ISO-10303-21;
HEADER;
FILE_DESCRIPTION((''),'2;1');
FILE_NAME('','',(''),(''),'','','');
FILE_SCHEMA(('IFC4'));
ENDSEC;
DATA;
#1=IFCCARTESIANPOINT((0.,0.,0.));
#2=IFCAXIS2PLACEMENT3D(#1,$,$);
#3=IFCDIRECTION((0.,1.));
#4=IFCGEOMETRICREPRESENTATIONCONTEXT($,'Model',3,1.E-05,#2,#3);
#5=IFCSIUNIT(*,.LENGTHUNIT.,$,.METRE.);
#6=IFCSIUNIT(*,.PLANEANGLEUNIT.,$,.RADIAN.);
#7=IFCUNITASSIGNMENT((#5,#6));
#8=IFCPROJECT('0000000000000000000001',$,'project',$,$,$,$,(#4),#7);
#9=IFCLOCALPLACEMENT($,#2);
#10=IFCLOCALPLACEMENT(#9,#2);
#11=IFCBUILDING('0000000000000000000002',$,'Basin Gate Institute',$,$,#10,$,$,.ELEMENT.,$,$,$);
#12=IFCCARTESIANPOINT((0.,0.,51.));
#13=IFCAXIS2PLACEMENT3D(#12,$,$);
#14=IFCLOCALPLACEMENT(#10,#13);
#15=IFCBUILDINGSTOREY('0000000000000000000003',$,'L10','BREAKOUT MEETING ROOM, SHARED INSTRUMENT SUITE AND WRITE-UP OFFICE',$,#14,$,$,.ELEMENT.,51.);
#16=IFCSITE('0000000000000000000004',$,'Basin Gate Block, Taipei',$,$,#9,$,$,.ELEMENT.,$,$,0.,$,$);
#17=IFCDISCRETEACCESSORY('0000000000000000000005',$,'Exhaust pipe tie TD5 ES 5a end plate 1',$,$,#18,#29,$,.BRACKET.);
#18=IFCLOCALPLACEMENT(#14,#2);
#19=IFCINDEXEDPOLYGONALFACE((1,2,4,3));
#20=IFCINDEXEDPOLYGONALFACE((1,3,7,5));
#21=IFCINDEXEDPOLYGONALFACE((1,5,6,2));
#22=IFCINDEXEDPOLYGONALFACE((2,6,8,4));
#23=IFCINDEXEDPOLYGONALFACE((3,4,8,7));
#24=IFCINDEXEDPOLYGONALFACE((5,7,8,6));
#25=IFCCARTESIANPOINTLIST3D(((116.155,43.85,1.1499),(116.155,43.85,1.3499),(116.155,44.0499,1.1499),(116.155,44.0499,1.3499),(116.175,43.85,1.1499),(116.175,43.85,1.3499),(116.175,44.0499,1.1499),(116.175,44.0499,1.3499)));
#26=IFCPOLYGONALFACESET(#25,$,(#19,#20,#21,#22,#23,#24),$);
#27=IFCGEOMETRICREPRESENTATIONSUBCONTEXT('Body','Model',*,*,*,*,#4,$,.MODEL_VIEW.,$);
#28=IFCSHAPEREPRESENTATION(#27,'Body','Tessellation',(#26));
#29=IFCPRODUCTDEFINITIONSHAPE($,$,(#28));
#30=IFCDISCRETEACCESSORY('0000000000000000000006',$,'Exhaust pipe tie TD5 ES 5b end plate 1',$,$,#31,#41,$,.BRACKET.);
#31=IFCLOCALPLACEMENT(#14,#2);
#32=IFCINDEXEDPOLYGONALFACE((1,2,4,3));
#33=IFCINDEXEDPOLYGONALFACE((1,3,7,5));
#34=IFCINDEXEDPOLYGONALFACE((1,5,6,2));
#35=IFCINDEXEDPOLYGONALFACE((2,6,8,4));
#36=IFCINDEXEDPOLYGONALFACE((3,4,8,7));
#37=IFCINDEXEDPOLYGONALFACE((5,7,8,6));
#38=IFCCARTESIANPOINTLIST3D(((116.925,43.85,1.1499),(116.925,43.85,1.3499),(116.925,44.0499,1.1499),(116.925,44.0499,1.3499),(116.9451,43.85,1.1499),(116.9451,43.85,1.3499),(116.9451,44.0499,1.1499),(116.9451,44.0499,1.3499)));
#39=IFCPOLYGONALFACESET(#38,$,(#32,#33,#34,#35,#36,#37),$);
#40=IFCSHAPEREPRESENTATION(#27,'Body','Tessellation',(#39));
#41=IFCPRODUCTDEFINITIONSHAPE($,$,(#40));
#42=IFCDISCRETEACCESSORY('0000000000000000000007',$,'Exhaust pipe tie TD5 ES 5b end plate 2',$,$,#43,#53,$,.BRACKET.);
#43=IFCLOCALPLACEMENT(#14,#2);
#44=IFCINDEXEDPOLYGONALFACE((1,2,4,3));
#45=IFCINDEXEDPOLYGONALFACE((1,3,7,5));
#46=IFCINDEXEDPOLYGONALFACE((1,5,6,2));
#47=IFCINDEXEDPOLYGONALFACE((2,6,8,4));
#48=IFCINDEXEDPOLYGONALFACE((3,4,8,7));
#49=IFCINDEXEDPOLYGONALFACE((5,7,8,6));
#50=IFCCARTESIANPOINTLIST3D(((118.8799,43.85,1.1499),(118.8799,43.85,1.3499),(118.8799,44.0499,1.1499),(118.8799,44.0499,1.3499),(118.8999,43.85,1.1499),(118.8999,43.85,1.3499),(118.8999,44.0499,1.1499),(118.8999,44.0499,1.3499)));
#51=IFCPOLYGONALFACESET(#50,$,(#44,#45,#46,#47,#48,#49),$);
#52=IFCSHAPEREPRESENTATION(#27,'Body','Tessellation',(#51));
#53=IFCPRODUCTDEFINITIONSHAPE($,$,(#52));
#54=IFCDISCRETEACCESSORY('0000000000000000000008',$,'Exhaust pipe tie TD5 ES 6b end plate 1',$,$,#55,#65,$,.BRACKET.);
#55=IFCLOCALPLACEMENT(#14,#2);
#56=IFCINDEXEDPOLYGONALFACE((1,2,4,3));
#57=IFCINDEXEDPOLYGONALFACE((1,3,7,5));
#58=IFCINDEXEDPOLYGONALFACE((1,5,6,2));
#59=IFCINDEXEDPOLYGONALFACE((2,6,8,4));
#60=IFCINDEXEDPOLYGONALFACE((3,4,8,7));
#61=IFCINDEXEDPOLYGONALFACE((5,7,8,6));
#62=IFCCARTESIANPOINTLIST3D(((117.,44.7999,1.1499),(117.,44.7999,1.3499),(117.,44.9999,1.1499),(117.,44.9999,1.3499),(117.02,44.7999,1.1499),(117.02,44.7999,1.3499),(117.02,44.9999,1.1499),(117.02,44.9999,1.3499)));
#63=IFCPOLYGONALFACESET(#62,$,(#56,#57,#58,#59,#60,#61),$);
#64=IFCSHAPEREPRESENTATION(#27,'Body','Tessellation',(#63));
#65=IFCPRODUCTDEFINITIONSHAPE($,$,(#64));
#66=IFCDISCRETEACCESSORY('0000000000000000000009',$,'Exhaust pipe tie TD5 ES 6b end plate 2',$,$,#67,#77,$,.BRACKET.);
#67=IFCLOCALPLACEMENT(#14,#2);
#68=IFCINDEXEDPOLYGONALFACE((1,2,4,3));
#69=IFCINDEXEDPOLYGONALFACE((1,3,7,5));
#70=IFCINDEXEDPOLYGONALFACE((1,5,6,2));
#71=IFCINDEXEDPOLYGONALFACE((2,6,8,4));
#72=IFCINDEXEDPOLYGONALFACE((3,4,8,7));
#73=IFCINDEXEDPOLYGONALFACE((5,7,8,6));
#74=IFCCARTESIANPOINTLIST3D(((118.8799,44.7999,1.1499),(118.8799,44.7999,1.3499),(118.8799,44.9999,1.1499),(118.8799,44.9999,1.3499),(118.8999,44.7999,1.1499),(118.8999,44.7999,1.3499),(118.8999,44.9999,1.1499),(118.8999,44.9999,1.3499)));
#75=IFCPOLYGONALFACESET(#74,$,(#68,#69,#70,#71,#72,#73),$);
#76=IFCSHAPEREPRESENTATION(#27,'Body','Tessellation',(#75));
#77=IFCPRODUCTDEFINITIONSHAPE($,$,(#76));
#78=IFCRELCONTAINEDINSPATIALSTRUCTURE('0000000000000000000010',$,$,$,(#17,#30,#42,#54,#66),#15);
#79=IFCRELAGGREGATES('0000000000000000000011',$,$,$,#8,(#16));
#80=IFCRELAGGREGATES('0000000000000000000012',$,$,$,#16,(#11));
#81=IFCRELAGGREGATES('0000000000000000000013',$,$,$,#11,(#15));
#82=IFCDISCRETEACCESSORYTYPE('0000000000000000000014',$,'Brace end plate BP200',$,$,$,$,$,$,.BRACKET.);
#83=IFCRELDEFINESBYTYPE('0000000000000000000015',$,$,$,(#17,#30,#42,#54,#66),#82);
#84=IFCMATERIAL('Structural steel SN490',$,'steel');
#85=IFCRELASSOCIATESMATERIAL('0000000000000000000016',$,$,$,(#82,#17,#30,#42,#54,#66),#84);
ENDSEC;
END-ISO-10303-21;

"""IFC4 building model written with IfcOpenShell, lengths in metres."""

from ifc_helpers import new_model, si_unit, direction, frame, origin, origin_2d, place, context, subcontext, project, spatial, rectangle, extrude, material, type_object, element, save


model = new_model("IFC4")

# Units and contexts
model_context = context("Model", 3, precision=1e-05, world=origin(), true_north=direction((0.0, 1.0)))
body_context = subcontext(model_context, "Body", "Model", "MODEL_VIEW")
ifc_project = project(units=[si_unit("LENGTHUNIT", "METRE"), si_unit("PLANEANGLEUNIT", "RADIAN")], contexts=[model_context])

# Site, building, storey
site_placement = place(None, origin())
site = spatial("IfcSite", under=ifc_project, at=site_placement, Name="Basin Gate Block, Taipei", CompositionType="ELEMENT", RefElevation=0.0)
building_placement = place(site_placement, origin())
building = spatial("IfcBuilding", under=site, at=building_placement, Name="Basin Gate Institute", CompositionType="ELEMENT")
storey_placement = place(building_placement, frame((0.0, 0.0, 51.0)))
storey = spatial("IfcBuildingStorey", under=building, at=storey_placement, Name="L10", Description="BREAKOUT MEETING ROOM, SHARED INSTRUMENT SUITE AND WRITE-UP OFFICE", CompositionType="ELEMENT", Elevation=51.0)

# Discrete accessories
ifc_material_1 = material(Name="Structural steel SN490", Category="steel")
discrete_accessory_type = type_object("IfcDiscreteAccessoryType", Name="Brace end plate BP200", PredefinedType="BRACKET", material=ifc_material_1)
for number, where, z_axis, x_axis, name in (
    (1, (116.165, 43.95, 1.1499), (0.0, 0.0, 1.0), (1.0, 0.0, 0.0), "Exhaust pipe tie TD5 ES 5a end plate 1"),
    (2, (116.9351, 43.95, 1.1499), (0.0, 0.0, 1.0), (1.0, 0.0, 0.0), "Exhaust pipe tie TD5 ES 5b end plate 1"),
    (3, (118.8899, 43.95, 1.1499), (0.0, 0.0, 1.0), (1.0, 0.0, 0.0), "Exhaust pipe tie TD5 ES 5b end plate 2"),
    (4, (117.01, 44.8999, 1.1499), (0.0, 0.0, 1.0), (1.0, 0.0, 0.0), "Exhaust pipe tie TD5 ES 6b end plate 1"),
    (5, (118.8899, 44.8999, 1.1499), (0.0, 0.0, 1.0), (1.0, 0.0, 0.0), "Exhaust pipe tie TD5 ES 6b end plate 2"),
):
    element("IfcDiscreteAccessory", number, at=place(storey_placement, frame(where, z_axis=z_axis, x_axis=x_axis)), inside=storey, type_object=discrete_accessory_type, material=ifc_material_1, Name=name, PredefinedType="BRACKET", context=body_context, shape_type="SweptSolid", body=[
        extrude(rectangle(XDim=0.02, YDim=0.2, at=origin_2d()), origin(), (0.0, 0.0, 1.0), 0.2),
    ])

save(model, "model.ifc")
